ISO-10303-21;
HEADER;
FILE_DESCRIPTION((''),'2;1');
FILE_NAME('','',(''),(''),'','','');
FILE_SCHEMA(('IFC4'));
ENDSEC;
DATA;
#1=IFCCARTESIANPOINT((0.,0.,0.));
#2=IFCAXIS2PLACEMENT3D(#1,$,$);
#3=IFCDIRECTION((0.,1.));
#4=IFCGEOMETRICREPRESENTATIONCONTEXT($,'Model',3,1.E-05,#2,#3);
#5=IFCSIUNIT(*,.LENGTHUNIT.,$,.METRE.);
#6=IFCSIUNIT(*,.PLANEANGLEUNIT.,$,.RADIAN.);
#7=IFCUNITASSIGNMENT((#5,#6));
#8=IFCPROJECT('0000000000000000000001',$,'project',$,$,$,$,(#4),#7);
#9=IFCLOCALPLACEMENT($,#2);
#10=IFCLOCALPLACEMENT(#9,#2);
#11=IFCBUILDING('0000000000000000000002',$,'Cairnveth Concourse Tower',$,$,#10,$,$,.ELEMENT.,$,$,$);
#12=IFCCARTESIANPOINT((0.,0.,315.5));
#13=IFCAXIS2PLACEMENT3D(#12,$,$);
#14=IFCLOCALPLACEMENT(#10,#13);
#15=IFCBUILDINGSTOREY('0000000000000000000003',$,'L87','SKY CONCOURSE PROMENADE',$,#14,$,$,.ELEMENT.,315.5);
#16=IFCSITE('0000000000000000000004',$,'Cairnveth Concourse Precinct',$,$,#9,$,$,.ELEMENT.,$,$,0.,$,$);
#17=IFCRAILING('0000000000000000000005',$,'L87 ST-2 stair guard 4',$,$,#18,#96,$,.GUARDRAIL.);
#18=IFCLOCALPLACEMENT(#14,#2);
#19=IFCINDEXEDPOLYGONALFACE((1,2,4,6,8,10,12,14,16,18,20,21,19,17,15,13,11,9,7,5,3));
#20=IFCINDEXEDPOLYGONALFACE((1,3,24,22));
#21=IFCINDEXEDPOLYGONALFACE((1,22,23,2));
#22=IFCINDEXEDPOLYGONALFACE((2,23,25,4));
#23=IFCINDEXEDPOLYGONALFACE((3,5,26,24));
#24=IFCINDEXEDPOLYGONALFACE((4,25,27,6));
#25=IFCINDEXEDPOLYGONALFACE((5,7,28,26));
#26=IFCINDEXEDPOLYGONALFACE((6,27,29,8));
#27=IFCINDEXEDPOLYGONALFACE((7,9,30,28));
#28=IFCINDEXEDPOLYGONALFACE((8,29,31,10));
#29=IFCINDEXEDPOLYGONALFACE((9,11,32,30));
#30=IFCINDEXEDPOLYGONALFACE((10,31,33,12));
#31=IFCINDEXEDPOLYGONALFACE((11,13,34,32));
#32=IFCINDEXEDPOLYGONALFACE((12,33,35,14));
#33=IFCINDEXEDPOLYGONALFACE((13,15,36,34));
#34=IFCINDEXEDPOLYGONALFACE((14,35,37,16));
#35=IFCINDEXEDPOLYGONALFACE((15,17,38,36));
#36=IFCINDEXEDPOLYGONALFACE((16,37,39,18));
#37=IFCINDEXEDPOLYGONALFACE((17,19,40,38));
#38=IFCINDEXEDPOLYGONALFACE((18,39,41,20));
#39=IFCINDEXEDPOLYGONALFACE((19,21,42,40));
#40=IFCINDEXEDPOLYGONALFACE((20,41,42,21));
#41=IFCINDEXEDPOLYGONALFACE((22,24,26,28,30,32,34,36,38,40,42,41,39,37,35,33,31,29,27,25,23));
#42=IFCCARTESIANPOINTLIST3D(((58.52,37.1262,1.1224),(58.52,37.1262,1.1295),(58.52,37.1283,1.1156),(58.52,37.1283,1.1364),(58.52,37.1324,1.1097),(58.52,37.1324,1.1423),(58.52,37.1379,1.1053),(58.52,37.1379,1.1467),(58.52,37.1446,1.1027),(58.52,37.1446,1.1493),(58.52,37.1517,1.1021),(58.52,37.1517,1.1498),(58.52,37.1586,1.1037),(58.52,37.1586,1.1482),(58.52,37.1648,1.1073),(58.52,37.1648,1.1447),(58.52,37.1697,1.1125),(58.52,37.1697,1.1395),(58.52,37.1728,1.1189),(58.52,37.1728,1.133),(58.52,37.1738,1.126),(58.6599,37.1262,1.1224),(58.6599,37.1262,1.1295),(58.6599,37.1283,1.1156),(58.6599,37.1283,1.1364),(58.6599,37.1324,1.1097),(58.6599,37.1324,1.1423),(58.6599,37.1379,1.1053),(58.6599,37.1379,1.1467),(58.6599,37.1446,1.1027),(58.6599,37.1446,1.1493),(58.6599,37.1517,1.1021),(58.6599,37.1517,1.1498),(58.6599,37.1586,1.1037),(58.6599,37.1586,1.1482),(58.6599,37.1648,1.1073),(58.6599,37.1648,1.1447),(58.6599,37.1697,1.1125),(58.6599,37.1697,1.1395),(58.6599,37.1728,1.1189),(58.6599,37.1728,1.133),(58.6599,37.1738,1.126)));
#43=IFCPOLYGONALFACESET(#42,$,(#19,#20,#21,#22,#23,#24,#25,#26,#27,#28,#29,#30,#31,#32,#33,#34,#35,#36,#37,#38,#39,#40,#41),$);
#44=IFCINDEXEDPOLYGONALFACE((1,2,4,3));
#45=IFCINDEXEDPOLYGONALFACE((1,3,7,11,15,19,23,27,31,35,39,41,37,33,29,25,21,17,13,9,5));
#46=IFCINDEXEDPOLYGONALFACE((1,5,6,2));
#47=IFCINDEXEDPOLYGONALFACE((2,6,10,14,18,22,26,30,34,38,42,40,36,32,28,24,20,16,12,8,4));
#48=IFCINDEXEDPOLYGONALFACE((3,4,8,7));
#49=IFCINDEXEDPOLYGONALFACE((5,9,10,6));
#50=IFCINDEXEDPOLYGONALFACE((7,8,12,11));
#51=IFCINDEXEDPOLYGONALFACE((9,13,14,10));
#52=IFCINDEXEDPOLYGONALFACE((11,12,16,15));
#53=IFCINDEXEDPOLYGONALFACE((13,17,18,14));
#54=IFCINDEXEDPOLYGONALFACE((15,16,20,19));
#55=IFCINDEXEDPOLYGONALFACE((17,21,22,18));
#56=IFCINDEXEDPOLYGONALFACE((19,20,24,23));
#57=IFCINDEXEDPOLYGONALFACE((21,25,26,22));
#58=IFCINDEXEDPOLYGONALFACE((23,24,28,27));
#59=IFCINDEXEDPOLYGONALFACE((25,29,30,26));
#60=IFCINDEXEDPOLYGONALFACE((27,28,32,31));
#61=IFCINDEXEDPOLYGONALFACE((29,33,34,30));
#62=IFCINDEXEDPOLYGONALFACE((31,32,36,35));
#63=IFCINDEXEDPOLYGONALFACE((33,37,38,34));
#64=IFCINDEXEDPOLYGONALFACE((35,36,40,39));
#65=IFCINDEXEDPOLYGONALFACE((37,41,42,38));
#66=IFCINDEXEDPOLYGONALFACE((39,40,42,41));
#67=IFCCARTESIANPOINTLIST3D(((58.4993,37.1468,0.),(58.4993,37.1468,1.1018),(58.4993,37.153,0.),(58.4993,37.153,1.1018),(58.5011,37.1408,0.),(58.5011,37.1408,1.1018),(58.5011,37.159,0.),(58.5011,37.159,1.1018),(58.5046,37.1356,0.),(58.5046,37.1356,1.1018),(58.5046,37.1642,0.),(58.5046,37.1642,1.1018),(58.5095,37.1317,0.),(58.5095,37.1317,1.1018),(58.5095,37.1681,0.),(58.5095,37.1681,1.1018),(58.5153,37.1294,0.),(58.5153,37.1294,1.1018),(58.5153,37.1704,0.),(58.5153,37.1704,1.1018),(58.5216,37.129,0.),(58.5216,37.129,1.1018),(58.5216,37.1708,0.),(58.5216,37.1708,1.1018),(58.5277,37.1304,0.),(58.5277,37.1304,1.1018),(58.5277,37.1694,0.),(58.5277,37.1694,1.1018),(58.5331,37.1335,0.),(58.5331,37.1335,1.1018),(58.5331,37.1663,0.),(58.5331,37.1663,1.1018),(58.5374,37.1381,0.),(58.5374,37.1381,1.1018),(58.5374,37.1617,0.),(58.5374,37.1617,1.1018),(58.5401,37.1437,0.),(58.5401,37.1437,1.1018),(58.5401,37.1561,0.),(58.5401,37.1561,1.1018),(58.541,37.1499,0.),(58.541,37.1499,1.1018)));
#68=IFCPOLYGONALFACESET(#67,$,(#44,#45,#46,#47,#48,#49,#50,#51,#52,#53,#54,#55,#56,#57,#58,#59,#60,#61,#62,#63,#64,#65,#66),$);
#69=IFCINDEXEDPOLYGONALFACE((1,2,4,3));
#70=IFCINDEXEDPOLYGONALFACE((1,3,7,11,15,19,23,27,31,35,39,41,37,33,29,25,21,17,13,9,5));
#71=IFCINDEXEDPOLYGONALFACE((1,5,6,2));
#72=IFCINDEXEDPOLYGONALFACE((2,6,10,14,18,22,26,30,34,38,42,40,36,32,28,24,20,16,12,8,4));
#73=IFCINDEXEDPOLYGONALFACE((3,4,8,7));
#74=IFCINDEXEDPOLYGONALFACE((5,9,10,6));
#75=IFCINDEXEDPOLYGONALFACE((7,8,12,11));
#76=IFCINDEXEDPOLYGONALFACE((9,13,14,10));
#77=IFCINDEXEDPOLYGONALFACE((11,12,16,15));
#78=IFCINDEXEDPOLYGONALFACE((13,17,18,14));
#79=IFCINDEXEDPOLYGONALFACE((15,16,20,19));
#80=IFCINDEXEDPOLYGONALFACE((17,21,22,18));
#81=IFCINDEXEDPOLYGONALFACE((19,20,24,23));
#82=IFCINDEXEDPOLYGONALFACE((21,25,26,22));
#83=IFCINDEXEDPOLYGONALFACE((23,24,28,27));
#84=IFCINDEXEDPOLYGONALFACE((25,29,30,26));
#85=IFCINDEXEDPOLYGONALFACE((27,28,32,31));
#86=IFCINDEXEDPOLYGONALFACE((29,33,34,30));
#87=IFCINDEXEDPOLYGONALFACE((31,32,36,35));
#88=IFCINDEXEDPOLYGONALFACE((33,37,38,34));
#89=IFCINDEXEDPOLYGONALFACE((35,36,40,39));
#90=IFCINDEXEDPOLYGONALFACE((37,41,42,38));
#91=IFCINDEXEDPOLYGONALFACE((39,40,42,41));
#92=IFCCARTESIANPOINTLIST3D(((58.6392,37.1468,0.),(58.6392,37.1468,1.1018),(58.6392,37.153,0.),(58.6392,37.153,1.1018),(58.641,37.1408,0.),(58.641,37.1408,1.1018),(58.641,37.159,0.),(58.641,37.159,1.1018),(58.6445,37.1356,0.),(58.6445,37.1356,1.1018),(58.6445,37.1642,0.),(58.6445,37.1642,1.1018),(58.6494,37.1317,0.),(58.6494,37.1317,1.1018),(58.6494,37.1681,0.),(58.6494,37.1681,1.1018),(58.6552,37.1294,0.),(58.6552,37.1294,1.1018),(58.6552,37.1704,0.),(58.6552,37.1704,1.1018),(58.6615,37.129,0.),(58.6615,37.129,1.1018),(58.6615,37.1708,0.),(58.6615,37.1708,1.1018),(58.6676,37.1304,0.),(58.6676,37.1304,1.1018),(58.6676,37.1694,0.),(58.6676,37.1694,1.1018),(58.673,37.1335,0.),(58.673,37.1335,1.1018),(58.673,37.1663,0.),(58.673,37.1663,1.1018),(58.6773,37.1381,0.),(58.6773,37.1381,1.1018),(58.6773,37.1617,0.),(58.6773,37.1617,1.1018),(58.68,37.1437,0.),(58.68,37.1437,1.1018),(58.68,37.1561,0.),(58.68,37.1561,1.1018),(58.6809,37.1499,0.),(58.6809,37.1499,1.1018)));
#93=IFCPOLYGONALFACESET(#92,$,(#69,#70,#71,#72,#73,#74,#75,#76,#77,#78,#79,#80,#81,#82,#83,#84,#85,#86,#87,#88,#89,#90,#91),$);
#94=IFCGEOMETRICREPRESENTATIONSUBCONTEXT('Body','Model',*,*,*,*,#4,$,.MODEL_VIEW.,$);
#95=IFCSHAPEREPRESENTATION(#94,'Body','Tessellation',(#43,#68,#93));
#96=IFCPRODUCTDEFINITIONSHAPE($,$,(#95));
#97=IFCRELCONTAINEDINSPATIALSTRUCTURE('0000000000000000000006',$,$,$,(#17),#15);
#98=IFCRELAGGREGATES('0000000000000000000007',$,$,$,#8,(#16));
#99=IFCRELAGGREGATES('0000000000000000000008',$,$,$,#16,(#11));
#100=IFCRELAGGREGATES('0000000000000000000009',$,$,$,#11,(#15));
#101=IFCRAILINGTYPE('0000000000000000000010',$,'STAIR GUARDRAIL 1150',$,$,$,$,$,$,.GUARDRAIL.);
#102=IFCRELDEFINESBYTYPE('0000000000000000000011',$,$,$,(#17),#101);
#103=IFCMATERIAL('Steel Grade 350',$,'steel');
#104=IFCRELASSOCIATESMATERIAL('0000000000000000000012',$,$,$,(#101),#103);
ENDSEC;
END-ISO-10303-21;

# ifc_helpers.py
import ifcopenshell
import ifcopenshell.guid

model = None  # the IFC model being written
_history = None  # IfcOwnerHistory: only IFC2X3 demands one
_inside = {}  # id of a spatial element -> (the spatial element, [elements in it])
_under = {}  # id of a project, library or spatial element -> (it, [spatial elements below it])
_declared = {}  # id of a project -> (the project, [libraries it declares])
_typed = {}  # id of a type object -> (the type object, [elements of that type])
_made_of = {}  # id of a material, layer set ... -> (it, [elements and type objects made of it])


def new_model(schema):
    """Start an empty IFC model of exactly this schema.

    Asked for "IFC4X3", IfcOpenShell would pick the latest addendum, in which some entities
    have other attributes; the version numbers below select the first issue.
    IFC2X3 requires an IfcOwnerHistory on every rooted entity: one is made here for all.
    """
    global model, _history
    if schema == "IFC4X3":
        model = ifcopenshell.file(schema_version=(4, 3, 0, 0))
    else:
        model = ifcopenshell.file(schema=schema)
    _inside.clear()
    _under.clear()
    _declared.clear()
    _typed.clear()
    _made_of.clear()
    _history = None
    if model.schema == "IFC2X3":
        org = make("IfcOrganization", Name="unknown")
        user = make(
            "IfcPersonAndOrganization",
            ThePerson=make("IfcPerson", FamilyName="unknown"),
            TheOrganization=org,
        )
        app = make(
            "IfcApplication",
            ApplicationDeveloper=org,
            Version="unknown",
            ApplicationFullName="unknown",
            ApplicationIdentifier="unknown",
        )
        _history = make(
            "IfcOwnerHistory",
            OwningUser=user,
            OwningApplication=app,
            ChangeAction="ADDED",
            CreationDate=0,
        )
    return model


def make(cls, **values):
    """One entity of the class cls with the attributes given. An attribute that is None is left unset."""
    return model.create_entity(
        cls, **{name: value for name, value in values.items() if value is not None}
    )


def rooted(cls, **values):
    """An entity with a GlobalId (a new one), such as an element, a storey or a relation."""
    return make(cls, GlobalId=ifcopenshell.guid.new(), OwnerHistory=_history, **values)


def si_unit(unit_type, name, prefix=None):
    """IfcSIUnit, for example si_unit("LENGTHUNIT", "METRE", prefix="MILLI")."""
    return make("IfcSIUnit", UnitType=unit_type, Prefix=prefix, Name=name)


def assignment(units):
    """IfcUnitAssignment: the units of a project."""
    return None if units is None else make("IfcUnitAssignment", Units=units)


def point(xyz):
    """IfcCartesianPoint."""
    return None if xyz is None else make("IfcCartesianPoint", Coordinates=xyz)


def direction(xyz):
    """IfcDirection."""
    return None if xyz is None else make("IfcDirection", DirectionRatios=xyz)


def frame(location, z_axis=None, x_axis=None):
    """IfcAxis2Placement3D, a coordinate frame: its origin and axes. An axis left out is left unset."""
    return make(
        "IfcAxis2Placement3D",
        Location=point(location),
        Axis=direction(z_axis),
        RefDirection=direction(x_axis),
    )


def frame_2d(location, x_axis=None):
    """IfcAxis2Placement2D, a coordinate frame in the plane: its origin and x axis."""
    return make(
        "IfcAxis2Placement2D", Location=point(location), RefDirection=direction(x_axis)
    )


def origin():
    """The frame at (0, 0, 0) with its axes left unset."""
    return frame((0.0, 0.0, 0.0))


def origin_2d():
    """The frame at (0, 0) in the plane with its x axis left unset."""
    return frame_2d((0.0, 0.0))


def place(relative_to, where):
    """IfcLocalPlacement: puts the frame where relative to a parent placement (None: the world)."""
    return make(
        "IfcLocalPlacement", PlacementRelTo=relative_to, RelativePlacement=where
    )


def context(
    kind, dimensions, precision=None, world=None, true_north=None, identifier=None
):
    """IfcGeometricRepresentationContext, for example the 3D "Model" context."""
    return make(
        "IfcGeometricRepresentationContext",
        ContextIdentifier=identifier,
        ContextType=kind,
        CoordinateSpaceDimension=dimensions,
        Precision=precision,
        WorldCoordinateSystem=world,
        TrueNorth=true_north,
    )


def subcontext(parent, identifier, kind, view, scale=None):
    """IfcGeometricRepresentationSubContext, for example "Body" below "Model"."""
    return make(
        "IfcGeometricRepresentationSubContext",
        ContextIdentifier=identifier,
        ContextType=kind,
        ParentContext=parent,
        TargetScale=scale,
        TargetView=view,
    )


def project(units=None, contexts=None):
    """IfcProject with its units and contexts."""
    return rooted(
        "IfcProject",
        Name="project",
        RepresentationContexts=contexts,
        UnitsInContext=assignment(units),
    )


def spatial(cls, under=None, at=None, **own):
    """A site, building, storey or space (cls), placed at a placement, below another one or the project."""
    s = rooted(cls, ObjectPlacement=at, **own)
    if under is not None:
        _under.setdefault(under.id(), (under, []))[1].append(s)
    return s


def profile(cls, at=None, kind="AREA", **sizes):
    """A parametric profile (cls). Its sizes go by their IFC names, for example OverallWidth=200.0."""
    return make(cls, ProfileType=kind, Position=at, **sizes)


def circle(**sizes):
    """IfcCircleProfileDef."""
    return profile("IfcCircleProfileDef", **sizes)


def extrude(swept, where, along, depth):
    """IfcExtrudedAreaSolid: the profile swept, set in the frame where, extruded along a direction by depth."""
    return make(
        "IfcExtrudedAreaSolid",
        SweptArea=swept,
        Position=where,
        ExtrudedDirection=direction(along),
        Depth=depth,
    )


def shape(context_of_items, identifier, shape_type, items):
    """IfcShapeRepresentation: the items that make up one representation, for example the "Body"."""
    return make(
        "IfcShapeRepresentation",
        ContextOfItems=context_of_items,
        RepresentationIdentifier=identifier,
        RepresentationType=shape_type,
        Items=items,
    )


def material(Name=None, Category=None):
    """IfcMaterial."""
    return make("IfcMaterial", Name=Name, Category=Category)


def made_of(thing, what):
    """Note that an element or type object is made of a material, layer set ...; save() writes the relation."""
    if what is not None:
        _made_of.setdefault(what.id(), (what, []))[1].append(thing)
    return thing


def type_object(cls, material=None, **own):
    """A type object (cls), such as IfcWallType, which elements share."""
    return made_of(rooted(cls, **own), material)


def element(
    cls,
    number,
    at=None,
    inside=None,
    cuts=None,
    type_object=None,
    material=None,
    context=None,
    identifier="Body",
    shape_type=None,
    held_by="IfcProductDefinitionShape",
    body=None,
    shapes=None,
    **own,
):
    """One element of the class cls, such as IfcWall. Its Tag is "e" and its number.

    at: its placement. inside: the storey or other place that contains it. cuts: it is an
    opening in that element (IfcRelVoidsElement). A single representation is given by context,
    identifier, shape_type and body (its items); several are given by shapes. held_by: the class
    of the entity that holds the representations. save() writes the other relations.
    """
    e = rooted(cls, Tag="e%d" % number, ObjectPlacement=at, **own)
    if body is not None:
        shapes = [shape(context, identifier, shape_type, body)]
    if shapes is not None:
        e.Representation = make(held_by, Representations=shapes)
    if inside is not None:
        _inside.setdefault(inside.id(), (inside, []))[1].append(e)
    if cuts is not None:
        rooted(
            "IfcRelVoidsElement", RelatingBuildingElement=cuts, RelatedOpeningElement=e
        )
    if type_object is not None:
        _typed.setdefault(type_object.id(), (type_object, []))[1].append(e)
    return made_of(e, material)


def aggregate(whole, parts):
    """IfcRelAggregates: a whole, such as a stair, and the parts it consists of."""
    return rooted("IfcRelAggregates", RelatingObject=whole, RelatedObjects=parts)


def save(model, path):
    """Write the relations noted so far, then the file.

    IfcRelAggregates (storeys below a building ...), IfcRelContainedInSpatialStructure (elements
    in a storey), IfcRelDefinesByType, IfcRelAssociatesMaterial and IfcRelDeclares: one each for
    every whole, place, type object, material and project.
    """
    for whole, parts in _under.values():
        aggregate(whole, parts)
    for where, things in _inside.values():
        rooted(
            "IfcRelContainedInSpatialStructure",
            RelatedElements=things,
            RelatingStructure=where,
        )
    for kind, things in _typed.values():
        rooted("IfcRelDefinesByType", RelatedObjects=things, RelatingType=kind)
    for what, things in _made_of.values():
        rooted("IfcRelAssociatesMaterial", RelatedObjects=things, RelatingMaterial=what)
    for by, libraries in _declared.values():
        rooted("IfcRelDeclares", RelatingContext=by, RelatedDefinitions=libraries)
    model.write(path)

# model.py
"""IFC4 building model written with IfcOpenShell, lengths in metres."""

from ifc_helpers import new_model, si_unit, direction, frame, origin, origin_2d, place, context, subcontext, project, spatial, circle, extrude, material, type_object, element, save


model = new_model("IFC4")

# Units and contexts
model_context = context("Model", 3, precision=1e-05, world=origin(), true_north=direction((0.0, 1.0)))
body_context = subcontext(model_context, "Body", "Model", "MODEL_VIEW")
ifc_project = project(units=[si_unit("LENGTHUNIT", "METRE"), si_unit("PLANEANGLEUNIT", "RADIAN")], contexts=[model_context])

# Site, building, storey
site_placement = place(None, origin())
site = spatial("IfcSite", under=ifc_project, at=site_placement, Name="Cairnveth Concourse Precinct", CompositionType="ELEMENT", RefElevation=0.0)
building_placement = place(site_placement, origin())
building = spatial("IfcBuilding", under=site, at=building_placement, Name="Cairnveth Concourse Tower", CompositionType="ELEMENT")
storey_placement = place(building_placement, frame((0.0, 0.0, 315.5)))
storey = spatial("IfcBuildingStorey", under=building, at=storey_placement, Name="L87", Description="SKY CONCOURSE PROMENADE", CompositionType="ELEMENT", Elevation=315.5)

# Shared definitions
ifc_material_1 = material(Name="Steel Grade 350", Category="steel")

# Railing
railing_type_1 = type_object("IfcRailingType", Name="STAIR GUARDRAIL 1150", PredefinedType="GUARDRAIL", material=ifc_material_1)
railing_1_placement = place(storey_placement, frame((58.52, 37.1499, 0.0)))
element("IfcRailing", 1, at=railing_1_placement, inside=storey, type_object=railing_type_1, Name="L87 ST-2 stair guard 4", PredefinedType="GUARDRAIL", context=body_context, shape_type="SweptSolid", body=[
    extrude(circle(Radius=0.0239, at=origin_2d()), frame((0.0, 0.0, 1.126), z_axis=(1.0, 0.0, 0.0), x_axis=(0.0, 1.0, 0.0)), (0.0, 0.0, 1.0), 0.1399),
    extrude(circle(Radius=0.021, at=origin_2d()), origin(), (0.0, 0.0, 1.0), 1.1018),
    extrude(circle(Radius=0.021, at=origin_2d()), frame((0.1399, 0.0, 0.0)), (0.0, 0.0, 1.0), 1.1018),
])

save(model, "model.ifc")
